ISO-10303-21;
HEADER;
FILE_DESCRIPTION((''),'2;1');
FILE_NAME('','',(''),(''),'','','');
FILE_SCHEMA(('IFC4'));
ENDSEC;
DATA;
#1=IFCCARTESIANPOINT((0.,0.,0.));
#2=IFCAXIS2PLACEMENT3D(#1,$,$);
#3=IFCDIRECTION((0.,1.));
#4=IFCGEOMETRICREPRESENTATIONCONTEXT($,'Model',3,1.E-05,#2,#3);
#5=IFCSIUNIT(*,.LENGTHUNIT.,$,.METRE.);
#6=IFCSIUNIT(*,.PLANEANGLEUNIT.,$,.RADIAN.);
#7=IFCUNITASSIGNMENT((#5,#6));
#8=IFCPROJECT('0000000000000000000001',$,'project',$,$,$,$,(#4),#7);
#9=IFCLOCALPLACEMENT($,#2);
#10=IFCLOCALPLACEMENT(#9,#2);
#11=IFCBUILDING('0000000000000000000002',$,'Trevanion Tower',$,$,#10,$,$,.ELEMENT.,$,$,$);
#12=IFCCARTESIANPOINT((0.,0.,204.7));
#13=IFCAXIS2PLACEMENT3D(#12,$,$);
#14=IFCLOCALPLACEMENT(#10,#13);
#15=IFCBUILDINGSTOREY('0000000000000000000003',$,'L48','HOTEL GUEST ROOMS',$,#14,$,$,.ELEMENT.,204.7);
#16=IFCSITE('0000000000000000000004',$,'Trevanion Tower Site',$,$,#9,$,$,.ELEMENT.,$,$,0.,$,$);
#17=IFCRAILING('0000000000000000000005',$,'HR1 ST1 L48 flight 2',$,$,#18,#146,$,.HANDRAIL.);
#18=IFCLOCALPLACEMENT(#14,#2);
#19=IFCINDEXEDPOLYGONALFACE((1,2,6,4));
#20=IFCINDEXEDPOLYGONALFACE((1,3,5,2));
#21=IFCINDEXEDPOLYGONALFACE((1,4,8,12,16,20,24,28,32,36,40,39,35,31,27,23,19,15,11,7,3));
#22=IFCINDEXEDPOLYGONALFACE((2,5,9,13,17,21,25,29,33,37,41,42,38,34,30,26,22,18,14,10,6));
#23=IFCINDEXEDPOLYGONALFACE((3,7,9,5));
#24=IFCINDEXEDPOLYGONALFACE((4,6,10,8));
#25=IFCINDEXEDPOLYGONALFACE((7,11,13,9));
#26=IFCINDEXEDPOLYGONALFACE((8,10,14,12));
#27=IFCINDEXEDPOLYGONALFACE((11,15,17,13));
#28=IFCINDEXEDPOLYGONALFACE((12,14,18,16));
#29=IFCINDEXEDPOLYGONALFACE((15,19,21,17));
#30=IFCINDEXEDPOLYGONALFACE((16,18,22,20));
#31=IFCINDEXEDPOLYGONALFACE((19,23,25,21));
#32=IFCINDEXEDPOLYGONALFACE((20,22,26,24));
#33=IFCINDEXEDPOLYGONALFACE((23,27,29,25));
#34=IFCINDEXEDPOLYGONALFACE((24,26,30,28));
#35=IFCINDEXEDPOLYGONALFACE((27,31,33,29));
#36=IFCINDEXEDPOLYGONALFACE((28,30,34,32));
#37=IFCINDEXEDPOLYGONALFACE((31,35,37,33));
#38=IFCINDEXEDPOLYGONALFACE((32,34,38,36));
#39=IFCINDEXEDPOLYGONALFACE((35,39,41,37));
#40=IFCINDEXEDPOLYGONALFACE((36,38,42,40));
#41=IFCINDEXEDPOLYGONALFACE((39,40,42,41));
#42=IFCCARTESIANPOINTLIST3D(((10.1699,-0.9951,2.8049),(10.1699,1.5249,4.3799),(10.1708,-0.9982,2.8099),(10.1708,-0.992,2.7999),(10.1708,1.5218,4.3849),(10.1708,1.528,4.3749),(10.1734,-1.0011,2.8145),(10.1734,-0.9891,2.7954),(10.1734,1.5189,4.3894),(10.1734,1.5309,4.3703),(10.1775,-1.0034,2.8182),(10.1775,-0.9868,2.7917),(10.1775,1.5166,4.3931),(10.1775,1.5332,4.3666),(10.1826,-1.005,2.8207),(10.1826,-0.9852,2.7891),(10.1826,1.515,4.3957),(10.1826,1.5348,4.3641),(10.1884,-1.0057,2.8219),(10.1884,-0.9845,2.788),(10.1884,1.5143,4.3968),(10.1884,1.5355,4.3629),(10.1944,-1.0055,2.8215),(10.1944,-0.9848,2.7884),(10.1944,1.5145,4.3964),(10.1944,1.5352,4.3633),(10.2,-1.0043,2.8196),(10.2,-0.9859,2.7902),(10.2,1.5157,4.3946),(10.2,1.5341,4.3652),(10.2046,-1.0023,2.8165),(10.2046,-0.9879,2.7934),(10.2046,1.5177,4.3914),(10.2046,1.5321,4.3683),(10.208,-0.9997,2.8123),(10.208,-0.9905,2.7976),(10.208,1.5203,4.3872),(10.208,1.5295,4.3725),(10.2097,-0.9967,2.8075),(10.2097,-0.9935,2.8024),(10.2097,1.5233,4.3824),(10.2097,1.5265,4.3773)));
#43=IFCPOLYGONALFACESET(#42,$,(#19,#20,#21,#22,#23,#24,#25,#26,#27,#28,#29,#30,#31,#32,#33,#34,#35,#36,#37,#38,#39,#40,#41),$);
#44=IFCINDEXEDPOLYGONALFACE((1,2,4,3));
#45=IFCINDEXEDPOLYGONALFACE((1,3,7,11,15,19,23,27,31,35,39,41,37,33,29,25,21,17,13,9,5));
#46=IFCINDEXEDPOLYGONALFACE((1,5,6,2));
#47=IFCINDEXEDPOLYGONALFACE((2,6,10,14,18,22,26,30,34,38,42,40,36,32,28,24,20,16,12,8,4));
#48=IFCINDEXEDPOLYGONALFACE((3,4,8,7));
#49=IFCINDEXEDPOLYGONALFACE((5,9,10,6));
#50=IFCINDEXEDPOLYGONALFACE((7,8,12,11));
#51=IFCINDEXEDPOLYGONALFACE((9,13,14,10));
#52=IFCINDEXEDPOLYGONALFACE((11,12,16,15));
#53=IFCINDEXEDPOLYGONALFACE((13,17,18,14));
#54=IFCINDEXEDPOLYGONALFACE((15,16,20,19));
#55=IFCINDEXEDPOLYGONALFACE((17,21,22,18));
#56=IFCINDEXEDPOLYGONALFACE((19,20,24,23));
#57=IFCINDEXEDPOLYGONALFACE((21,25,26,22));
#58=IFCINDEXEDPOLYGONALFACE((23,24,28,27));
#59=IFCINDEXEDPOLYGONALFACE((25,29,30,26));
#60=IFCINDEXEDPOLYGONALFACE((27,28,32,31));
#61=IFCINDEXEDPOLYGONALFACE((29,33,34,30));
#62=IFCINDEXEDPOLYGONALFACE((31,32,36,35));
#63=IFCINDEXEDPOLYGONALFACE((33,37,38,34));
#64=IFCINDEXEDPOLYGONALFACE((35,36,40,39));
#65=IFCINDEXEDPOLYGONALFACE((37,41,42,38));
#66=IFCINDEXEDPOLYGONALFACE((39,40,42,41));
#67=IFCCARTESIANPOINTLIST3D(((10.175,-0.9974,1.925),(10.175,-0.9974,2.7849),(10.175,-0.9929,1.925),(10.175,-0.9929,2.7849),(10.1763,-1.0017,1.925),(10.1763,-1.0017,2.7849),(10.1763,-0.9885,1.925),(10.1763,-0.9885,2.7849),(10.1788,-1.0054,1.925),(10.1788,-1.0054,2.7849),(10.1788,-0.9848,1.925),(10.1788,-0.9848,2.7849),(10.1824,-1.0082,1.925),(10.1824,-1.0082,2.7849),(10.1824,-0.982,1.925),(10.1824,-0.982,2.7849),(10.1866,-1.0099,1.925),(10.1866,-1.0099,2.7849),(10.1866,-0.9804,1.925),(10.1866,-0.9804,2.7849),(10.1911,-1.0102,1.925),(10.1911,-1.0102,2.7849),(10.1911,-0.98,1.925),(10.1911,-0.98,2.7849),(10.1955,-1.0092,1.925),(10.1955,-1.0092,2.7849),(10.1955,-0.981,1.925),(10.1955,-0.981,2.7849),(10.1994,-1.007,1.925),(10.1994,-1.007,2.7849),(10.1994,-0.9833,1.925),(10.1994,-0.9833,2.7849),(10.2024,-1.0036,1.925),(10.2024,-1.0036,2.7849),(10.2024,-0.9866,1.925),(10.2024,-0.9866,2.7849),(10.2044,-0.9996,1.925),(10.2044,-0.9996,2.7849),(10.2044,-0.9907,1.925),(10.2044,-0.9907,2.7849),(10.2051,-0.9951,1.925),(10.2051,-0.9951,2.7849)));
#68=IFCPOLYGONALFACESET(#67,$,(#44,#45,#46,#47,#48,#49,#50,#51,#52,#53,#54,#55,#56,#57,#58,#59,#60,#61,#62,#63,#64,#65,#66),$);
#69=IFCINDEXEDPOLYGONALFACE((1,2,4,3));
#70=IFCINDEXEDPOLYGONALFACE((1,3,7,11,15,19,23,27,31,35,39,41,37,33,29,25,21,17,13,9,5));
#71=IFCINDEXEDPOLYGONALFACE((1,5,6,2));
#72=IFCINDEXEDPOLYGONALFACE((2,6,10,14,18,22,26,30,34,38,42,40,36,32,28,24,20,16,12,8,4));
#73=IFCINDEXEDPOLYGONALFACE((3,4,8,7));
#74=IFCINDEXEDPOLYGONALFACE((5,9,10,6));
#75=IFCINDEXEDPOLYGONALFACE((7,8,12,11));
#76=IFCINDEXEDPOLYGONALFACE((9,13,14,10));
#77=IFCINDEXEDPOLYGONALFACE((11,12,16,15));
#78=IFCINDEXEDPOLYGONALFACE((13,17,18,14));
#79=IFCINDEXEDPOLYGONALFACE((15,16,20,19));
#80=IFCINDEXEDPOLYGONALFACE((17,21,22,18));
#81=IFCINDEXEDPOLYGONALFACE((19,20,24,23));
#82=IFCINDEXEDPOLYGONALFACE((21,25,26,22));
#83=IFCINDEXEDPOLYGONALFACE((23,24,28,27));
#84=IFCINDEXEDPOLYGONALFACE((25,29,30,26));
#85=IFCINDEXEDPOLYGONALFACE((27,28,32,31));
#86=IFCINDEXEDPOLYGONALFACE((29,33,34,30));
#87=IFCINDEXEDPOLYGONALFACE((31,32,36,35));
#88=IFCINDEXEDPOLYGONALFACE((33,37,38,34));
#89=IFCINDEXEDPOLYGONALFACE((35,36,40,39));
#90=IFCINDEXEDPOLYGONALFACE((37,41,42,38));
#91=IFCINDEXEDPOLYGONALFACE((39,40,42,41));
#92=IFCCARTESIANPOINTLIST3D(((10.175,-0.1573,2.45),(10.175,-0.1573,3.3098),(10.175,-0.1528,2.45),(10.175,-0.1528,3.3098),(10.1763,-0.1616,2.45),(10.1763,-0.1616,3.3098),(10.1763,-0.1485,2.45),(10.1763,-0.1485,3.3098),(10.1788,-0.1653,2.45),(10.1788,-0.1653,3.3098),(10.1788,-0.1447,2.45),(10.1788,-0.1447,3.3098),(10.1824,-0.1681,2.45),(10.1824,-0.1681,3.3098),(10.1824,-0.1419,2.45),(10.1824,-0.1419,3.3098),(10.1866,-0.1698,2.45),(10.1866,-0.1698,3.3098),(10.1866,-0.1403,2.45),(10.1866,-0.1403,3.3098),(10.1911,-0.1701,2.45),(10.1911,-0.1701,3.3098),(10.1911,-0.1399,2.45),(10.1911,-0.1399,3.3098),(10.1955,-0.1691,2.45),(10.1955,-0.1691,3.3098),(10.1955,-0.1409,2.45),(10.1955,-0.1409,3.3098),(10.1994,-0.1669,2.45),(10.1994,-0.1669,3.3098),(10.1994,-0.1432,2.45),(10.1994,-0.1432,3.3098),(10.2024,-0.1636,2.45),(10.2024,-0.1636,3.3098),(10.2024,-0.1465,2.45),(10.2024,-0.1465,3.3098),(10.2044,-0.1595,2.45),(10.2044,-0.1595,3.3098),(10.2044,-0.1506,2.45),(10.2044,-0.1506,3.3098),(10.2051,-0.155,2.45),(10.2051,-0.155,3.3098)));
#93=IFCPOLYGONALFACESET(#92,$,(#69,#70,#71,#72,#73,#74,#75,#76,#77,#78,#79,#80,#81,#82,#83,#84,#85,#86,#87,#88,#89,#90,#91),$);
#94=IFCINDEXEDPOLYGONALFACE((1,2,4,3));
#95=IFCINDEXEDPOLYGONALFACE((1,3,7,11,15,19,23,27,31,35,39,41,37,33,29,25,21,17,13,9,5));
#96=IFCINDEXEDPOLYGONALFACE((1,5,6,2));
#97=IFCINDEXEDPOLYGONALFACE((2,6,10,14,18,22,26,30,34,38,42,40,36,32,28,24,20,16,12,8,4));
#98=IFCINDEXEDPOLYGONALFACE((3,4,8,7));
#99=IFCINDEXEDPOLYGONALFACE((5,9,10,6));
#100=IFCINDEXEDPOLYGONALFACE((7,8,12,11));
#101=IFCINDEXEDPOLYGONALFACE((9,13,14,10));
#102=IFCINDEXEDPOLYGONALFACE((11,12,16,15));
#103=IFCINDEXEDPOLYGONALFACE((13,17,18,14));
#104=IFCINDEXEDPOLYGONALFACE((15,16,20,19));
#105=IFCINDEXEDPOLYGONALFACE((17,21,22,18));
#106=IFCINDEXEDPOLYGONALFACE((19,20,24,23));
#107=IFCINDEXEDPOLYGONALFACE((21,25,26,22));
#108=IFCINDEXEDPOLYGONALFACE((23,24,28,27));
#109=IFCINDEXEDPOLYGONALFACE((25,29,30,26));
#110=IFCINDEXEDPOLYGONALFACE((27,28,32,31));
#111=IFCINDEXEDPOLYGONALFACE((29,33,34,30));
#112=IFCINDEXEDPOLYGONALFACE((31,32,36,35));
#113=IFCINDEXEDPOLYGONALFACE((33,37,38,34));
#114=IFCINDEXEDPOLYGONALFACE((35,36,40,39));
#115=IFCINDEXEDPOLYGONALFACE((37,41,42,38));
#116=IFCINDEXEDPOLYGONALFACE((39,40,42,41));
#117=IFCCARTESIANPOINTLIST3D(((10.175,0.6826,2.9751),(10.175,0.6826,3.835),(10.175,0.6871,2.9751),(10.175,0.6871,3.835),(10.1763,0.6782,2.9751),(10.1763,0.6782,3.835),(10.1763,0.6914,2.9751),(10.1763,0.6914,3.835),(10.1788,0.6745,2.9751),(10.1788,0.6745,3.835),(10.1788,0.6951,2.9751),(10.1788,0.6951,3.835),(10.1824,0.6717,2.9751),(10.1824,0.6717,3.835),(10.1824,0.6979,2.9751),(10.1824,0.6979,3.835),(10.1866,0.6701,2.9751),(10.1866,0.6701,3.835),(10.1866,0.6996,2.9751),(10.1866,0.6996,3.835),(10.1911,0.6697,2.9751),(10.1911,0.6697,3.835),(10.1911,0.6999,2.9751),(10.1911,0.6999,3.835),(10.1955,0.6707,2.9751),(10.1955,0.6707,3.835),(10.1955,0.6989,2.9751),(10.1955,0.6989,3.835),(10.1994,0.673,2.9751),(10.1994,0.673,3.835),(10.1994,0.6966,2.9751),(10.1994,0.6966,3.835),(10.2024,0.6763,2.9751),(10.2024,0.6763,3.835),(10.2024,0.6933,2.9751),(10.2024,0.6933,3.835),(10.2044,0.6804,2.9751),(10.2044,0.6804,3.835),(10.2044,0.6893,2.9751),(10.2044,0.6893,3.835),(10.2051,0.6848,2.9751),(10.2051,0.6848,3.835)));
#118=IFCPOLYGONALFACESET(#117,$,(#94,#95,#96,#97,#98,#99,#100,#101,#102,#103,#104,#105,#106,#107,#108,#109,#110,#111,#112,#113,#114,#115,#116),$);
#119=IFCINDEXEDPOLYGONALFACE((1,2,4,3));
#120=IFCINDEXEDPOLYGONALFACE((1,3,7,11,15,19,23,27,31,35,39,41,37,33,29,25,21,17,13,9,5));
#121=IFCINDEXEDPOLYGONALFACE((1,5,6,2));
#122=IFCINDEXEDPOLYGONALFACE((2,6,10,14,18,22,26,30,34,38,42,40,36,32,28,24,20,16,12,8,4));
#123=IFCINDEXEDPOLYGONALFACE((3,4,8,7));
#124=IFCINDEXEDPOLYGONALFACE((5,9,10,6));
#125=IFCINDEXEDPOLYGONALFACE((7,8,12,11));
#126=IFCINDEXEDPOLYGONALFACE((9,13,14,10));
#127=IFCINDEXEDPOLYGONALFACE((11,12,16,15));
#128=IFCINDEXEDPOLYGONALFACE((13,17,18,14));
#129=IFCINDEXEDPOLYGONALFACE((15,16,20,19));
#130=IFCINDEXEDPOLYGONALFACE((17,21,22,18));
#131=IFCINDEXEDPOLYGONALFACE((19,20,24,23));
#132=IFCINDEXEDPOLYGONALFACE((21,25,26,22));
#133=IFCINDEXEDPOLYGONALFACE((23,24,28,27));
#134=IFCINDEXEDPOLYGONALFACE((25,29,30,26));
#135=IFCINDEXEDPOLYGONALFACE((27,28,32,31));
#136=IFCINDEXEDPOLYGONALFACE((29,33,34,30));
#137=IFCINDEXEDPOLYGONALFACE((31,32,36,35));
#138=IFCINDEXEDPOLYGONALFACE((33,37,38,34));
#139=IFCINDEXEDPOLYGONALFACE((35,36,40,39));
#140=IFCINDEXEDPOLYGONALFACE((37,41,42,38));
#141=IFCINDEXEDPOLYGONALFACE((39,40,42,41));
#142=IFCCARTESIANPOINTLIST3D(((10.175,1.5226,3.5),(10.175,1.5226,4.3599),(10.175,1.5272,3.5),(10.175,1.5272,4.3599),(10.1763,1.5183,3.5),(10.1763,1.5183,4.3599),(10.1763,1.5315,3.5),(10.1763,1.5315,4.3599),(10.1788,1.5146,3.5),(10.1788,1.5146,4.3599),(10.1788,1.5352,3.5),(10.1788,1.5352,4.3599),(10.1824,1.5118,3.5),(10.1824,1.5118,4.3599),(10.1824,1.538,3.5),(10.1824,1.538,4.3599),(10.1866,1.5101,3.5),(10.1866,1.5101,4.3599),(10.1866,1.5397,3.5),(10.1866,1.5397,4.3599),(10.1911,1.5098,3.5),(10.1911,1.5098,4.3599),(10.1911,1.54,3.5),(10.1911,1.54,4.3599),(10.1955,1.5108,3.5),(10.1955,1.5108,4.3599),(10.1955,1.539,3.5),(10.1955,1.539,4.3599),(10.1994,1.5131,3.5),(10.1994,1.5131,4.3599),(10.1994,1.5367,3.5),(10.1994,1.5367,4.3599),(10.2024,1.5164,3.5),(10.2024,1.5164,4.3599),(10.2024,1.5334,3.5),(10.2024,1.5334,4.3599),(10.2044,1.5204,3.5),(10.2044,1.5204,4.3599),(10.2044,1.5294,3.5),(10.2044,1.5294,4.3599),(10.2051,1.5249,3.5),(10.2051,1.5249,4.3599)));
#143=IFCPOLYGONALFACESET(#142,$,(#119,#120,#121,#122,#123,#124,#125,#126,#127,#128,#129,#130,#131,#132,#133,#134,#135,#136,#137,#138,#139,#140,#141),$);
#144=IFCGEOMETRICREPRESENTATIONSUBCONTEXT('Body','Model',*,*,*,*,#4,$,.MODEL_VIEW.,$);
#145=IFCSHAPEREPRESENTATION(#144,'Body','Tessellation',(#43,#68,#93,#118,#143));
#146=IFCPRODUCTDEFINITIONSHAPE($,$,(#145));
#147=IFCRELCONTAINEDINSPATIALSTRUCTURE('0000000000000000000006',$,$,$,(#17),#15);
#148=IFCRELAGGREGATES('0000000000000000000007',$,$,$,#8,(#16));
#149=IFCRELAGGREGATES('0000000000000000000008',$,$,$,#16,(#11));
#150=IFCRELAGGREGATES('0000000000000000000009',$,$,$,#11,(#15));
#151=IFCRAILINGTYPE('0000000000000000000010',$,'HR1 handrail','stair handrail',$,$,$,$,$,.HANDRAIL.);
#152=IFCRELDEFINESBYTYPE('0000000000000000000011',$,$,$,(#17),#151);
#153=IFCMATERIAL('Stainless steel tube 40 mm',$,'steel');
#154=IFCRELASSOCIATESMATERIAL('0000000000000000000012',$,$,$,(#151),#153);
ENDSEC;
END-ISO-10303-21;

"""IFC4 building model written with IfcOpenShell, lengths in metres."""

from ifc_helpers import new_model, si_unit, direction, frame, origin, origin_2d, place, context, subcontext, project, spatial, circle, extrude, material, type_object, element, save


model = new_model("IFC4")

# Units and contexts
model_context = context("Model", 3, precision=1e-05, world=origin(), true_north=direction((0.0, 1.0)))
body_context = subcontext(model_context, "Body", "Model", "MODEL_VIEW")
ifc_project = project(units=[si_unit("LENGTHUNIT", "METRE"), si_unit("PLANEANGLEUNIT", "RADIAN")], contexts=[model_context])

# Site, building, storey
site_placement = place(None, origin())
site = spatial("IfcSite", under=ifc_project, at=site_placement, Name="Trevanion Tower Site", CompositionType="ELEMENT", RefElevation=0.0)
building_placement = place(site_placement, origin())
building = spatial("IfcBuilding", under=site, at=building_placement, Name="Trevanion Tower", CompositionType="ELEMENT")
storey_placement = place(building_placement, frame((0.0, 0.0, 204.7)))
storey = spatial("IfcBuildingStorey", under=building, at=storey_placement, Name="L48", Description="HOTEL GUEST ROOMS", CompositionType="ELEMENT", Elevation=204.7)

# Railing
ifc_material_1 = material(Name="Stainless steel tube 40 mm", Category="steel")
railing_type = type_object("IfcRailingType", Name="HR1 handrail", Description="stair handrail", PredefinedType="HANDRAIL", material=ifc_material_1)
for number, where, name in (
    (1, (10.1899, -0.9951, 1.925), "HR1 ST1 L48 flight 2"),
):
    element("IfcRailing", number, at=place(storey_placement, frame(where)), inside=storey, type_object=railing_type, Name=name, PredefinedType="HANDRAIL", context=body_context, shape_type="SweptSolid", body=[
        extrude(circle(Radius=0.02, at=origin_2d()), frame((0.0, 0.0, 0.8799), z_axis=(0.0, 0.848008, 0.529984), x_axis=(-1.0, 0.0, 0.0)), (0.0, 0.0, 1.0), 2.9717),
        extrude(circle(Radius=0.0151, at=origin_2d()), origin(), (0.0, 0.0, 1.0), 0.8599),
        extrude(circle(Radius=0.0151, at=origin_2d()), frame((0.0, 0.8401, 0.5249)), (0.0, 0.0, 1.0), 0.8599),
        extrude(circle(Radius=0.0151, at=origin_2d()), frame((0.0, 1.6799, 1.05)), (0.0, 0.0, 1.0), 0.8599),
        extrude(circle(Radius=0.0151, at=origin_2d()), frame((0.0, 2.52, 1.575)), (0.0, 0.0, 1.0), 0.8599),
    ])

save(model, "model.ifc")
